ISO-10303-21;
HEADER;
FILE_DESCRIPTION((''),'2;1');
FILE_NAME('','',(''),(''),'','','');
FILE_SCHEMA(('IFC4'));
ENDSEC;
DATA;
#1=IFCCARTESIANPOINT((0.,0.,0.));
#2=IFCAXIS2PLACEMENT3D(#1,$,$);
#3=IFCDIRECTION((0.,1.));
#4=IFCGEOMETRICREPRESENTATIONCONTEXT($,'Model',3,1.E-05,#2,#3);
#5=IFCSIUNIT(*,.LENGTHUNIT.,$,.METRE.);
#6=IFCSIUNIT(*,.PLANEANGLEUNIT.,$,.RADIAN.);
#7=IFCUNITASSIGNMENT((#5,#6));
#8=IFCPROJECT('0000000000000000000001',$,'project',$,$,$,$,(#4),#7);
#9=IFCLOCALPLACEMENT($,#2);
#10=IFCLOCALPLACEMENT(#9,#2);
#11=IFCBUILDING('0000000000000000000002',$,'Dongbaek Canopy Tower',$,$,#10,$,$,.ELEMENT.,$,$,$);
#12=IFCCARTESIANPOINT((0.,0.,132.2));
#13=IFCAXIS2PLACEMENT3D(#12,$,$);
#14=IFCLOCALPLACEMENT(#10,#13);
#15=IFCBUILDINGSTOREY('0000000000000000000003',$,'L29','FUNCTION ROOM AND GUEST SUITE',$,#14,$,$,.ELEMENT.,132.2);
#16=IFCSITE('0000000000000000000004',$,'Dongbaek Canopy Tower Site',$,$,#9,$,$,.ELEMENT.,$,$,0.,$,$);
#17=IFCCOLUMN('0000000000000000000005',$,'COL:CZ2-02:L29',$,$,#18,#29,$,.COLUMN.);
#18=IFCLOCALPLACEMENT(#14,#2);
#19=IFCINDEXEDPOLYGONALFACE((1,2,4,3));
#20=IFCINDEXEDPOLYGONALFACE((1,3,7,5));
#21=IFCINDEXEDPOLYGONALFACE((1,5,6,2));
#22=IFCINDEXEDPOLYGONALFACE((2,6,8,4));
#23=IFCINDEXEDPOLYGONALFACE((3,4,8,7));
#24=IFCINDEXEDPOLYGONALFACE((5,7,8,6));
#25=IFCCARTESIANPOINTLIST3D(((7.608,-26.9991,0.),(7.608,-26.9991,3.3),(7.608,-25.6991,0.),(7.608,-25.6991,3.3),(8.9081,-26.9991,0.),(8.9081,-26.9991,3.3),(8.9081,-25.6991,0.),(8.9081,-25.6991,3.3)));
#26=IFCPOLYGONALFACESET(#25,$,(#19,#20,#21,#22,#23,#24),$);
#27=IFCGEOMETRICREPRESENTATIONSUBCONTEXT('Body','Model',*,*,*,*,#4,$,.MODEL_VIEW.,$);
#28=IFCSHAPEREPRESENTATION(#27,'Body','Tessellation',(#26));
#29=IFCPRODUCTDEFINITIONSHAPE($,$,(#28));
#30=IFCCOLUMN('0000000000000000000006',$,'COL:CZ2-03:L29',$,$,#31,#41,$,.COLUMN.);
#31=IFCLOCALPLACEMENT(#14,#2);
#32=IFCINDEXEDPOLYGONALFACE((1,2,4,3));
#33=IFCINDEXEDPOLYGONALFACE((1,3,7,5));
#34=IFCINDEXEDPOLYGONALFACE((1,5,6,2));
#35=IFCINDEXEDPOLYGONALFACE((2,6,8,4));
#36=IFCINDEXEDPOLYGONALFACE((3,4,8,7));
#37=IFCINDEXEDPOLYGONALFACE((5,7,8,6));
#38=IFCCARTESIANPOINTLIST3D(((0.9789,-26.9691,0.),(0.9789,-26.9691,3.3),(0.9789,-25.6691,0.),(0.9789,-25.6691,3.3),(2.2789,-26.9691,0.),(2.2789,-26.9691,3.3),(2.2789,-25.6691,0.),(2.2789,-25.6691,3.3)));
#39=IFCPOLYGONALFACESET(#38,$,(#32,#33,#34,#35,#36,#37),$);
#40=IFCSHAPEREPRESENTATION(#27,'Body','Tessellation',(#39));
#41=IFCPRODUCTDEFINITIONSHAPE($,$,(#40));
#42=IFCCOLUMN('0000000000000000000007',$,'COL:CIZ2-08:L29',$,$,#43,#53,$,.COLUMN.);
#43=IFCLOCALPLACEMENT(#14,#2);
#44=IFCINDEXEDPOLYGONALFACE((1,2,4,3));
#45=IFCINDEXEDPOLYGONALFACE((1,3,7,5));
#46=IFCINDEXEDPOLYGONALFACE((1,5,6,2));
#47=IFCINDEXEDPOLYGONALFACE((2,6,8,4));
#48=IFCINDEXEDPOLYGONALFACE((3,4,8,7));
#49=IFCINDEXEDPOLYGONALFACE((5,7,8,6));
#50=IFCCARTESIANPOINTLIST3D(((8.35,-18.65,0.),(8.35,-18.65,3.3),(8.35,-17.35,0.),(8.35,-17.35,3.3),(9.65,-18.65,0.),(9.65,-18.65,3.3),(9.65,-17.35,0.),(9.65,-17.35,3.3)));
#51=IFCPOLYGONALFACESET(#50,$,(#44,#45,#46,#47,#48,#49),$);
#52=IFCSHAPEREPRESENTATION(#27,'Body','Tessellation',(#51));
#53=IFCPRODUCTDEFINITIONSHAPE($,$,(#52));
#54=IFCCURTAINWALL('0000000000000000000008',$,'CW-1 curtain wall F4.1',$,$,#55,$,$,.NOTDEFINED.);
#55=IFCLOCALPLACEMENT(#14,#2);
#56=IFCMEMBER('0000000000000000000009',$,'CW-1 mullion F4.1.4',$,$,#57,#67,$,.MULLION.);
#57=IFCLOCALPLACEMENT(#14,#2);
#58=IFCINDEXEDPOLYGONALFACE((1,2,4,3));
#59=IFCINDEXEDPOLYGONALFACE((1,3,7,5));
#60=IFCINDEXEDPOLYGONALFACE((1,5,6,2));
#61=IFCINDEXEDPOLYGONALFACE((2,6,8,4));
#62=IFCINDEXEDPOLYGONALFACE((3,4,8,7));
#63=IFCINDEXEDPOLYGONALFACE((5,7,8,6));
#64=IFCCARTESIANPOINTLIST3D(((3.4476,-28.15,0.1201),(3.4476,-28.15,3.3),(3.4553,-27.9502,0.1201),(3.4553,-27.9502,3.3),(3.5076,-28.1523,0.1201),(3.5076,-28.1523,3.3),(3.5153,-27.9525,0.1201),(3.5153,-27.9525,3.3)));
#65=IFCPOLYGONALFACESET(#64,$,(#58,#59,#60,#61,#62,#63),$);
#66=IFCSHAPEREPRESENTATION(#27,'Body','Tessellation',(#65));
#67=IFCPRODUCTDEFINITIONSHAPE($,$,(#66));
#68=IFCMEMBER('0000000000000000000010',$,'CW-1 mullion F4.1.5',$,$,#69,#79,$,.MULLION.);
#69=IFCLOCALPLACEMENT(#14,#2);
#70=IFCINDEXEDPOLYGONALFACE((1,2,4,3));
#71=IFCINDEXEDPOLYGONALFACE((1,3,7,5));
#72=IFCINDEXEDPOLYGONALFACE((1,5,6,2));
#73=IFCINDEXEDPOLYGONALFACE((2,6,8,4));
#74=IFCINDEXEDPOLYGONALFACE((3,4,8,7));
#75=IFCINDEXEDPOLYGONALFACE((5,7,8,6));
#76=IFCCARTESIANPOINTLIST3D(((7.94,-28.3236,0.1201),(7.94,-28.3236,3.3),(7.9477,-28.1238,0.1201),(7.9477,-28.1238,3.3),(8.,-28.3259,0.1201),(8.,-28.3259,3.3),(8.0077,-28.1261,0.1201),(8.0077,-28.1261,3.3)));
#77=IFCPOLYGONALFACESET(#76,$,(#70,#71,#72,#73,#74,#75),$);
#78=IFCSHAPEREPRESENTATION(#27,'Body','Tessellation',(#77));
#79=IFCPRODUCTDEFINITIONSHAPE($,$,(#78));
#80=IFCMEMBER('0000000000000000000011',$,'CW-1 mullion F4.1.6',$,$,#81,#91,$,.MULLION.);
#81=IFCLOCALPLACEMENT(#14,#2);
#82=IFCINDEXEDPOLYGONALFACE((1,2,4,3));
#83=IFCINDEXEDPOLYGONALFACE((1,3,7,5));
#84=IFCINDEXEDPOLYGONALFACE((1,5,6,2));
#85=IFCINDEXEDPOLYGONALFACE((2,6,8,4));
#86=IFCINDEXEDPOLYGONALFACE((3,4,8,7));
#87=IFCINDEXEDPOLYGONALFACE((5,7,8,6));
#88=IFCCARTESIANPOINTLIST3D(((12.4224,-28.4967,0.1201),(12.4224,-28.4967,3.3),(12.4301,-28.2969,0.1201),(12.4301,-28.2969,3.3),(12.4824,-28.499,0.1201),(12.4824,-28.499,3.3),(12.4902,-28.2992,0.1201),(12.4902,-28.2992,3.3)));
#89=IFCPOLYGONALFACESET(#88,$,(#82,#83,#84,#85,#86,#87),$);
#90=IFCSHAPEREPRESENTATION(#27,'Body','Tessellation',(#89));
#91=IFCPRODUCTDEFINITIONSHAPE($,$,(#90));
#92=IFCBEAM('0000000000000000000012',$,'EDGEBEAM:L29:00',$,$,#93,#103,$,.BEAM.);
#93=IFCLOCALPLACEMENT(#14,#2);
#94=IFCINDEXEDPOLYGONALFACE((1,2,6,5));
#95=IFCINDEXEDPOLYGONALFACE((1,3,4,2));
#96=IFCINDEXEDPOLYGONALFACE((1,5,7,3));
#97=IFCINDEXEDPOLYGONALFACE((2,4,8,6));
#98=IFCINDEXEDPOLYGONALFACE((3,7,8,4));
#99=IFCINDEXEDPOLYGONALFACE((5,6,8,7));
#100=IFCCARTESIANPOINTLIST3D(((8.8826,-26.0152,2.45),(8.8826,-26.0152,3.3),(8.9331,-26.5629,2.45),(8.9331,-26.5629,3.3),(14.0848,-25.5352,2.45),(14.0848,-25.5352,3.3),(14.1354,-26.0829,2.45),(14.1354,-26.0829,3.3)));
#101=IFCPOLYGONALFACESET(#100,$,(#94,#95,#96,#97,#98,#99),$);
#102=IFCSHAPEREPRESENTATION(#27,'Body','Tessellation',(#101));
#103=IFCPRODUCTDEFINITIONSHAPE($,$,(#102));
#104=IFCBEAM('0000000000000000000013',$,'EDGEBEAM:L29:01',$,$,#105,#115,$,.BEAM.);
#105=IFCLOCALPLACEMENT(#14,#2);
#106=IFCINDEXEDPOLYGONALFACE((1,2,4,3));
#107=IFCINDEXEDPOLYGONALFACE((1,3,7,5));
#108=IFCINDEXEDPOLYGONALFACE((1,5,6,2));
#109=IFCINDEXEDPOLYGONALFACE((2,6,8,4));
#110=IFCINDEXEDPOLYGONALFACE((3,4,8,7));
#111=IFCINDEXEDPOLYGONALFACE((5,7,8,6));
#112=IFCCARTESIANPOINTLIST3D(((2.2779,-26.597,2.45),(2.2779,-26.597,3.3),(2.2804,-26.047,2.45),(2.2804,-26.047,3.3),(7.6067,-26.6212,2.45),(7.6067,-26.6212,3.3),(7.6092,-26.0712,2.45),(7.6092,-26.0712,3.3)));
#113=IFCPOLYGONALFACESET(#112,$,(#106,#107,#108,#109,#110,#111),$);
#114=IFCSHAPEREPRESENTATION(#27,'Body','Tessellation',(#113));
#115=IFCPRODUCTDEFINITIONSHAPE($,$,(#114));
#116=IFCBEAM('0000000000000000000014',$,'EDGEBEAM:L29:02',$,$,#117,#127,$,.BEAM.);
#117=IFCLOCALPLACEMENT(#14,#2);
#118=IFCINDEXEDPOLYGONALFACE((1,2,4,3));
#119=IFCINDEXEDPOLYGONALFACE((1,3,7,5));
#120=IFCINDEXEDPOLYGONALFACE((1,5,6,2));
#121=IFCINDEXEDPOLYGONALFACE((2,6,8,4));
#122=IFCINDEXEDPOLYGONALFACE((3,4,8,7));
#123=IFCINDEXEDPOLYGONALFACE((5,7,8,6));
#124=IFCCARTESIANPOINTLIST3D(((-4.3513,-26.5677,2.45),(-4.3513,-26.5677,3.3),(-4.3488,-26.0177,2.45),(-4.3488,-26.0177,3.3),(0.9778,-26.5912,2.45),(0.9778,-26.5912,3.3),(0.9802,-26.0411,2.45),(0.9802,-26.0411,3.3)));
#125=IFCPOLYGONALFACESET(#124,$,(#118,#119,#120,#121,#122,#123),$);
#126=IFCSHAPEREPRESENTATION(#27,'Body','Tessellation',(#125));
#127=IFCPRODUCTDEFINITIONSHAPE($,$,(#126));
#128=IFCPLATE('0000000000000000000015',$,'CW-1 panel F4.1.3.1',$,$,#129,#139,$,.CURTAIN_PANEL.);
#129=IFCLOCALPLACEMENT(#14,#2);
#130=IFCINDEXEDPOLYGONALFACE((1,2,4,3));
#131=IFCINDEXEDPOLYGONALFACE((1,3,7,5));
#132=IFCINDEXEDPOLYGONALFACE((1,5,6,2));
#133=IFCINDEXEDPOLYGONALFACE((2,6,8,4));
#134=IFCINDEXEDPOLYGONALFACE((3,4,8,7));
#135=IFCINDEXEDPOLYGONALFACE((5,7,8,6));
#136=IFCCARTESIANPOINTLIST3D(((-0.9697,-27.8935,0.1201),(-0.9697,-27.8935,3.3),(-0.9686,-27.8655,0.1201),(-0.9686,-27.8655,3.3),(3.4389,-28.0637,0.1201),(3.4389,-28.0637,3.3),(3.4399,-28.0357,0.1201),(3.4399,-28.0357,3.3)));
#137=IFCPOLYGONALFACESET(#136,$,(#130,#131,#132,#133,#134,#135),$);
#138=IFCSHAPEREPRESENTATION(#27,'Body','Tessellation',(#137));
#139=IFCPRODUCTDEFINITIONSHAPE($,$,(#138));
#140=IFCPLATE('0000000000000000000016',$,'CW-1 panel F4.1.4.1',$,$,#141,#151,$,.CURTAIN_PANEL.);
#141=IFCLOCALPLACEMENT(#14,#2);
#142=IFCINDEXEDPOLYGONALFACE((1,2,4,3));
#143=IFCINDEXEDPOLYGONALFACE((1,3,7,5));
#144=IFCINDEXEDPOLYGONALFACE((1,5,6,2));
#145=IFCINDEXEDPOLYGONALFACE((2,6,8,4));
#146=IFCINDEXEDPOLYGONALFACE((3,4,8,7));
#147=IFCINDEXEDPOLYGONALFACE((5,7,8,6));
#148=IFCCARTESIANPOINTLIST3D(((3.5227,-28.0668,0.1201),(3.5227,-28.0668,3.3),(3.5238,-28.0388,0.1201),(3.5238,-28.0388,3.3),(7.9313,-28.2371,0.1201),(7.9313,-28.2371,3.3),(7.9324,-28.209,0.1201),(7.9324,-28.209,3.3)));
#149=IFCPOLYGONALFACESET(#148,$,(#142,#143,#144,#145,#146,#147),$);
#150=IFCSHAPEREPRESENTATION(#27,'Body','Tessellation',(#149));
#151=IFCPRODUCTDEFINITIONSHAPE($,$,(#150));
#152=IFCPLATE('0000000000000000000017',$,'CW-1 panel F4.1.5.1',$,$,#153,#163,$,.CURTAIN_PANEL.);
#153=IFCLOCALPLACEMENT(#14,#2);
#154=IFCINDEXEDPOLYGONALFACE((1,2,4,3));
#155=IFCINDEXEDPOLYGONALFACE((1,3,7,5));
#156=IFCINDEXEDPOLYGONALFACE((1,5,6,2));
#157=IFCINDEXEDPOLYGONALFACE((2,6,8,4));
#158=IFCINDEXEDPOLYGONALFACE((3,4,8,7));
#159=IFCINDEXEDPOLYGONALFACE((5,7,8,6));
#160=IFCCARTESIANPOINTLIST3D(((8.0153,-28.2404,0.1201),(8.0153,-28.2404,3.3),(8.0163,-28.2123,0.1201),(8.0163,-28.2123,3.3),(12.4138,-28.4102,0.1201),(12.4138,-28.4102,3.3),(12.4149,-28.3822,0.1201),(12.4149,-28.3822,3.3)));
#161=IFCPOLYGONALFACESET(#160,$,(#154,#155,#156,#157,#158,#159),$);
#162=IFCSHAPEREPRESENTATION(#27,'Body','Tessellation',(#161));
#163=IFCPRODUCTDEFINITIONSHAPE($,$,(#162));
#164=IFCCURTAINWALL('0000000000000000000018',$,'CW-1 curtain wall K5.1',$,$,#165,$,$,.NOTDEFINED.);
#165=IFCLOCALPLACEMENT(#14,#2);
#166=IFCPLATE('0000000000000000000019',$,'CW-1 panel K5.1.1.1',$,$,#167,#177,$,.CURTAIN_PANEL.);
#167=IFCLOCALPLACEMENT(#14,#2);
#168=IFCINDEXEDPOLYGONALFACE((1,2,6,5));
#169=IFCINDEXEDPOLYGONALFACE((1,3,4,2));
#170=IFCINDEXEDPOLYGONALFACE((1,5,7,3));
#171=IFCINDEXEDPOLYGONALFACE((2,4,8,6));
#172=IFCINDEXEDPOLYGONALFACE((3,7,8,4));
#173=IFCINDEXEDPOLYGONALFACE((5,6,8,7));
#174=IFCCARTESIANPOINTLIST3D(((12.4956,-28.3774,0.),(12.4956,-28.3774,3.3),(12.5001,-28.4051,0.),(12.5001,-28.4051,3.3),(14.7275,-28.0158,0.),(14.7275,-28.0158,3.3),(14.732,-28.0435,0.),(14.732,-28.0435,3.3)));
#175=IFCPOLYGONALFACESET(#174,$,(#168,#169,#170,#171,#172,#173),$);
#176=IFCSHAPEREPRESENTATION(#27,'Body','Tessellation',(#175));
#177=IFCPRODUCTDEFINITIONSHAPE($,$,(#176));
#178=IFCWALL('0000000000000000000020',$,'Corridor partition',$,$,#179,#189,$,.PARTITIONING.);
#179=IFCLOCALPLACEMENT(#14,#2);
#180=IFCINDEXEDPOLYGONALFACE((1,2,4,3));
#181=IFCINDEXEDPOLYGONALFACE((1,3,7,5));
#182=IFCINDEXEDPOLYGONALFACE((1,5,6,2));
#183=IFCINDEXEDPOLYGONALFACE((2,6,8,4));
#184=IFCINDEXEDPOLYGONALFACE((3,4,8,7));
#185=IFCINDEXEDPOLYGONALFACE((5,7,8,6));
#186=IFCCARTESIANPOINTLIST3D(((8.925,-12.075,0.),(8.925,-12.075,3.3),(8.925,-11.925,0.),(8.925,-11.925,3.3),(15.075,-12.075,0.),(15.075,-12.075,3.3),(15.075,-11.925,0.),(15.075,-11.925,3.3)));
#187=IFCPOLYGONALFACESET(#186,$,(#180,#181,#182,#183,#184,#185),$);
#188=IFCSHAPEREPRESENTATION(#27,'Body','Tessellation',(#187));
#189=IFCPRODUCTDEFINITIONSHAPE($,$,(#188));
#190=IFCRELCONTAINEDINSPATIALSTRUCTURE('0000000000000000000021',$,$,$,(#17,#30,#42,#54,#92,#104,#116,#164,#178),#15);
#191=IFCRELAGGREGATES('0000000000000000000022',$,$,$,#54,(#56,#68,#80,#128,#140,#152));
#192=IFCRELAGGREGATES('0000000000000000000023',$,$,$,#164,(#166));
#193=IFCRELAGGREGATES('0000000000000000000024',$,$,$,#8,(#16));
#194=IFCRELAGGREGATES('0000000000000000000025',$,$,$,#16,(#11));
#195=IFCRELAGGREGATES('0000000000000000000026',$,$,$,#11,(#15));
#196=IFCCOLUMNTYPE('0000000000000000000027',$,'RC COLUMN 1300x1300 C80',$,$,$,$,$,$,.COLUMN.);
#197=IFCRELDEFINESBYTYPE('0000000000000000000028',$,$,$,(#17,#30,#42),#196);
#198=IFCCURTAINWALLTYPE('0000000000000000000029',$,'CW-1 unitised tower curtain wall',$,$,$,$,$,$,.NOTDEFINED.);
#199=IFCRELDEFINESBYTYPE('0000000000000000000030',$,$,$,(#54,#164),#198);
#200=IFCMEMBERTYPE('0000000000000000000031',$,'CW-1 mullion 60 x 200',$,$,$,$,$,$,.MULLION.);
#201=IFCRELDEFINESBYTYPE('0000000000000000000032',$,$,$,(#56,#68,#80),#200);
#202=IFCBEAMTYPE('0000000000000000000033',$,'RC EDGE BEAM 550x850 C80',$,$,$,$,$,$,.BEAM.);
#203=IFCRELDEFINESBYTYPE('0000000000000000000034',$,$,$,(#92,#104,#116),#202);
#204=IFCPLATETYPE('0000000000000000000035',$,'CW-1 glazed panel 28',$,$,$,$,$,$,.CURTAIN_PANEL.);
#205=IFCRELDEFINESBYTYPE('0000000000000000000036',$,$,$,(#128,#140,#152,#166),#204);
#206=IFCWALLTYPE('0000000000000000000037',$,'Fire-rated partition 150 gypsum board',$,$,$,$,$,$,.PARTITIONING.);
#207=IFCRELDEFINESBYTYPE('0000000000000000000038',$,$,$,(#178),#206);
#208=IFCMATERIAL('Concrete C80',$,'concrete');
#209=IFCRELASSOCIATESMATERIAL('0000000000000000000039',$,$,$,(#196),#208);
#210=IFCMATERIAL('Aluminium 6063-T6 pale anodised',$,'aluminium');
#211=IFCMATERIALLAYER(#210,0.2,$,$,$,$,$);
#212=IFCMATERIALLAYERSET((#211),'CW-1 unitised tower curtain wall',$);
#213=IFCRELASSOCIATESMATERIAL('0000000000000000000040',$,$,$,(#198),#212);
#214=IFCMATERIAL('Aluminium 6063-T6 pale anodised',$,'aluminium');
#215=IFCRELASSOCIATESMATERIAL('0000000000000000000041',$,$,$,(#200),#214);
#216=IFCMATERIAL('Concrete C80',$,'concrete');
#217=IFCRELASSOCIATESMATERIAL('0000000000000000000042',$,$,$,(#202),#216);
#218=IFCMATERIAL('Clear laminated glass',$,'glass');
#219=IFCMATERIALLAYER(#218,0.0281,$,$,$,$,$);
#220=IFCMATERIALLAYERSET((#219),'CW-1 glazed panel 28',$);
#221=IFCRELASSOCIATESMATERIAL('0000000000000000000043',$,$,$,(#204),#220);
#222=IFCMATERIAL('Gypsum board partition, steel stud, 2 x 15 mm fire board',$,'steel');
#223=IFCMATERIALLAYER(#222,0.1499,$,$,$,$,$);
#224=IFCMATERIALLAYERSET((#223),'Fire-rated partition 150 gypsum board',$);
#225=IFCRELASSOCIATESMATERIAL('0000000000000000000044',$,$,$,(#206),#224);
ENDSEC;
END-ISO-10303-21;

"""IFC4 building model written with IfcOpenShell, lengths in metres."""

from ifc_helpers import new_model, si_unit, direction, frame, frame_2d, origin, origin_2d, place, context, subcontext, project, spatial, rectangle, extrude, material, layer, layer_set, material_profile, profile_set, type_object, element, aggregate, save


model = new_model("IFC4")

# Units and contexts
model_context = context("Model", 3, precision=1e-05, world=origin(), true_north=direction((0.0, 1.0)))
body_context = subcontext(model_context, "Body", "Model", "MODEL_VIEW")
ifc_project = project(units=[si_unit("LENGTHUNIT", "METRE"), si_unit("PLANEANGLEUNIT", "RADIAN")], contexts=[model_context])

# Site, building, storey
site_placement = place(None, origin())
site = spatial("IfcSite", under=ifc_project, at=site_placement, Name="Dongbaek Canopy Tower Site", CompositionType="ELEMENT", RefElevation=0.0)
building_placement = place(site_placement, origin())
building = spatial("IfcBuilding", under=site, at=building_placement, Name="Dongbaek Canopy Tower", CompositionType="ELEMENT")
storey_placement = place(building_placement, frame((0.0, 0.0, 132.2)))
storey = spatial("IfcBuildingStorey", under=building, at=storey_placement, Name="L29", Description="FUNCTION ROOM AND GUEST SUITE", CompositionType="ELEMENT", Elevation=132.2)

# Columns
ifc_material_1 = material(Name="Concrete C80", Category="concrete")
ifc_material_profile_1 = material_profile(ifc_material_1, rectangle(XDim=1.3, YDim=1.3, at=origin_2d()), Name="RC COLUMN 1300x1300 C80")
ifc_profile_set_1 = profile_set([ifc_material_profile_1], Name="Concrete C80")
column_type = type_object("IfcColumnType", Name="RC COLUMN 1300x1300 C80", PredefinedType="COLUMN", material=ifc_profile_set_1)
for number, where, z_axis, x_axis, name in (
    (1, (8.2581, -26.3491, 0.0), (0.0, 0.0, 1.0), (1.0, 0.0, 0.0), "COL:CZ2-02:L29"),
    (2, (1.6289, -26.3191, 0.0), (0.0, 0.0, 1.0), (1.0, 0.0, 0.0), "COL:CZ2-03:L29"),
    (3, (9.0, -18.0, 0.0), (0.0, 0.0, 1.0), (1.0, 0.0, 0.0), "COL:CIZ2-08:L29"),
):
    element("IfcColumn", number, at=place(storey_placement, frame(where, z_axis=z_axis, x_axis=x_axis)), inside=storey, type_object=column_type, Name=name, PredefinedType="COLUMN", context=body_context, shape_type="SweptSolid", body=[
        extrude(rectangle(XDim=1.3, YDim=1.3, at=origin_2d()), origin(), (0.0, 0.0, 1.0), 3.3),
    ])

# Curtain wall, members
ifc_material_2 = material(Name="Aluminium 6063-T6 pale anodised", Category="aluminium")
ifc_layer_1 = layer(ifc_material_2, 0.2)
ifc_layer_set_1 = layer_set([ifc_layer_1], Name="CW-1 unitised tower curtain wall")
curtain_wall_type = type_object("IfcCurtainWallType", Name="CW-1 unitised tower curtain wall", PredefinedType="NOTDEFINED", material=ifc_layer_set_1)
curtain_wall_1_placement = place(storey_placement, origin())
curtain_wall_1 = element("IfcCurtainWall", 4, at=curtain_wall_1_placement, inside=storey, type_object=curtain_wall_type, Name="CW-1 curtain wall F4.1", PredefinedType="NOTDEFINED")
ifc_material_3 = material(Name="Aluminium 6063-T6 pale anodised", Category="aluminium")
ifc_material_profile_2 = material_profile(ifc_material_3, rectangle(XDim=0.2, YDim=0.0601, at=origin_2d()), Name="CW-1 mullion 60 x 200")
ifc_profile_set_2 = profile_set([ifc_material_profile_2], Name="Aluminium 6063-T6 pale anodised")
member_type = type_object("IfcMemberType", Name="CW-1 mullion 60 x 200", PredefinedType="MULLION", material=ifc_profile_set_2)
member_1_placement = place(storey_placement, frame((3.4814, -28.0513, 0.1201), z_axis=(0.0, 0.0, 1.0), x_axis=(-0.038587, -0.999255, 0.0)))
member_1 = element("IfcMember", 5, at=member_1_placement, type_object=member_type, Name="CW-1 mullion F4.1.4", PredefinedType="MULLION", context=body_context, shape_type="SweptSolid", body=[
    extrude(rectangle(XDim=0.2, YDim=0.0601, at=origin_2d()), origin(), (0.0, 0.0, 1.0), 3.1799),
])
member_2_placement = place(storey_placement, frame((7.9739, -28.2249, 0.1201), z_axis=(0.0, 0.0, 1.0), x_axis=(-0.038587, -0.999255, 0.0)))
member_2 = element("IfcMember", 6, at=member_2_placement, type_object=member_type, Name="CW-1 mullion F4.1.5", PredefinedType="MULLION", context=body_context, shape_type="SweptSolid", body=[
    extrude(rectangle(XDim=0.2, YDim=0.0601, at=origin_2d()), origin(), (0.0, 0.0, 1.0), 3.1799),
])
member_3_placement = place(storey_placement, frame((12.4563, -28.3979, 0.1201), z_axis=(0.0, 0.0, 1.0), x_axis=(-0.038587, -0.999255, 0.0)))
member_3 = element("IfcMember", 7, at=member_3_placement, type_object=member_type, Name="CW-1 mullion F4.1.6", PredefinedType="MULLION", context=body_context, shape_type="SweptSolid", body=[
    extrude(rectangle(XDim=0.2, YDim=0.0601, at=origin_2d()), origin(), (0.0, 0.0, 1.0), 3.1799),
])

# Beams
ifc_material_4 = material(Name="Concrete C80", Category="concrete")
ifc_material_profile_3 = material_profile(ifc_material_4, rectangle(XDim=0.55, YDim=0.8501, at=origin_2d()), Name="RC EDGE BEAM 550x850 C80")
ifc_profile_set_3 = profile_set([ifc_material_profile_3], Name="Concrete C80")
beam_type = type_object("IfcBeamType", Name="RC EDGE BEAM 550x850 C80", PredefinedType="BEAM", material=ifc_profile_set_3)
beam_1_placement = place(storey_placement, frame((14.1101, -25.8091, 2.875), z_axis=(-0.99577, -0.091876, 0.0), x_axis=(0.091876, -0.99577, 0.0)))
element("IfcBeam", 8, at=beam_1_placement, inside=storey, type_object=beam_type, Name="EDGEBEAM:L29:00", PredefinedType="BEAM", context=body_context, shape_type="SweptSolid", body=[
    extrude(rectangle(XDim=0.55, YDim=0.8501, at=origin_2d()), origin(), (0.0, 0.0, 1.0), 5.2244),
])
beam_2_placement = place(storey_placement, frame((7.6079, -26.3462, 2.875), z_axis=(-0.99999, 0.004536, 0.0), x_axis=(-0.004536, -0.99999, 0.0)))
element("IfcBeam", 9, at=beam_2_placement, inside=storey, type_object=beam_type, Name="EDGEBEAM:L29:01", PredefinedType="BEAM", context=body_context, shape_type="SweptSolid", body=[
    extrude(rectangle(XDim=0.55, YDim=0.8501, at=origin_2d()), origin(), (0.0, 0.0, 1.0), 5.3289),
])
beam_3_placement = place(storey_placement, frame((0.979, -26.3162, 2.875), z_axis=(-0.99999, 0.004398, 0.0), x_axis=(-0.004398, -0.99999, 0.0)))
element("IfcBeam", 10, at=beam_3_placement, inside=storey, type_object=beam_type, Name="EDGEBEAM:L29:02", PredefinedType="BEAM", context=body_context, shape_type="SweptSolid", body=[
    extrude(rectangle(XDim=0.55, YDim=0.8501, at=origin_2d()), origin(), (0.0, 0.0, 1.0), 5.3291),
])

# Plates
ifc_material_5 = material(Name="Clear laminated glass", Category="glass")
ifc_layer_2 = layer(ifc_material_5, 0.0281)
ifc_layer_set_2 = layer_set([ifc_layer_2], Name="CW-1 glazed panel 28")
plate_type = type_object("IfcPlateType", Name="CW-1 glazed panel 28", PredefinedType="CURTAIN_PANEL", material=ifc_layer_set_2)
plate_1_placement = place(storey_placement, frame((1.2351, -27.9646, 0.1201), z_axis=(0.0, 0.0, 1.0), x_axis=(0.999255, -0.038587, 0.0)))
plate_1 = element("IfcPlate", 11, at=plate_1_placement, type_object=plate_type, Name="CW-1 panel F4.1.3.1", PredefinedType="CURTAIN_PANEL", context=body_context, shape_type="SweptSolid", body=[
    extrude(rectangle(XDim=4.4119, YDim=0.0281, at=origin_2d()), origin(), (0.0, 0.0, 1.0), 3.1799),
])
plate_2_placement = place(storey_placement, frame((5.7275, -28.1379, 0.1201), z_axis=(0.0, 0.0, 1.0), x_axis=(0.999255, -0.038587, 0.0)))
plate_2 = element("IfcPlate", 12, at=plate_2_placement, type_object=plate_type, Name="CW-1 panel F4.1.4.1", PredefinedType="CURTAIN_PANEL", context=body_context, shape_type="SweptSolid", body=[
    extrude(rectangle(XDim=4.4119, YDim=0.0281, at=origin_2d()), origin(), (0.0, 0.0, 1.0), 3.1799),
])
plate_3_placement = place(storey_placement, frame((10.2151, -28.3113, 0.1201), z_axis=(0.0, 0.0, 1.0), x_axis=(0.999255, -0.038587, 0.0)))
plate_3 = element("IfcPlate", 13, at=plate_3_placement, type_object=plate_type, Name="CW-1 panel F4.1.5.1", PredefinedType="CURTAIN_PANEL", context=body_context, shape_type="SweptSolid", body=[
    extrude(rectangle(XDim=4.4019, YDim=0.0281, at=origin_2d()), origin(), (0.0, 0.0, 1.0), 3.1799),
])

# Curtain wall, plate
curtain_wall_2_placement = place(storey_placement, origin())
curtain_wall_2 = element("IfcCurtainWall", 14, at=curtain_wall_2_placement, inside=storey, type_object=curtain_wall_type, Name="CW-1 curtain wall K5.1", PredefinedType="NOTDEFINED")
plate_4_placement = place(storey_placement, frame((13.6138, -28.2104, 0.0), z_axis=(0.0, 0.0, 1.0), x_axis=(0.987123, 0.159963, 0.0)))
plate_4 = element("IfcPlate", 15, at=plate_4_placement, type_object=plate_type, Name="CW-1 panel K5.1.1.1", PredefinedType="CURTAIN_PANEL", context=body_context, shape_type="SweptSolid", body=[
    extrude(rectangle(XDim=2.261, YDim=0.0281, at=origin_2d()), origin(), (0.0, 0.0, 1.0), 3.3),
])

# Wall
ifc_material_6 = material(Name="Gypsum board partition, steel stud, 2 x 15 mm fire board", Category="steel")
ifc_layer_3 = layer(ifc_material_6, 0.1499)
ifc_layer_set_3 = layer_set([ifc_layer_3], Name="Fire-rated partition 150 gypsum board")
wall_type_1 = type_object("IfcWallType", Name="Fire-rated partition 150 gypsum board", PredefinedType="PARTITIONING", material=ifc_layer_set_3)
wall_1_placement = place(storey_placement, frame((8.925, -12.0, 0.0), z_axis=(0.0, 0.0, 1.0), x_axis=(1.0, 0.0, 0.0)))
element("IfcWall", 16, at=wall_1_placement, inside=storey, type_object=wall_type_1, Name="Corridor partition", PredefinedType="PARTITIONING", context=body_context, shape_type="SweptSolid", body=[
    extrude(rectangle(XDim=6.1499, YDim=0.1499, at=frame_2d((3.075, 0.0))), origin(), (0.0, 0.0, 1.0), 3.3),
])

aggregate(curtain_wall_1, [member_1, member_2, member_3, plate_1, plate_2, plate_3])
aggregate(curtain_wall_2, [plate_4])

save(model, "model.ifc")
